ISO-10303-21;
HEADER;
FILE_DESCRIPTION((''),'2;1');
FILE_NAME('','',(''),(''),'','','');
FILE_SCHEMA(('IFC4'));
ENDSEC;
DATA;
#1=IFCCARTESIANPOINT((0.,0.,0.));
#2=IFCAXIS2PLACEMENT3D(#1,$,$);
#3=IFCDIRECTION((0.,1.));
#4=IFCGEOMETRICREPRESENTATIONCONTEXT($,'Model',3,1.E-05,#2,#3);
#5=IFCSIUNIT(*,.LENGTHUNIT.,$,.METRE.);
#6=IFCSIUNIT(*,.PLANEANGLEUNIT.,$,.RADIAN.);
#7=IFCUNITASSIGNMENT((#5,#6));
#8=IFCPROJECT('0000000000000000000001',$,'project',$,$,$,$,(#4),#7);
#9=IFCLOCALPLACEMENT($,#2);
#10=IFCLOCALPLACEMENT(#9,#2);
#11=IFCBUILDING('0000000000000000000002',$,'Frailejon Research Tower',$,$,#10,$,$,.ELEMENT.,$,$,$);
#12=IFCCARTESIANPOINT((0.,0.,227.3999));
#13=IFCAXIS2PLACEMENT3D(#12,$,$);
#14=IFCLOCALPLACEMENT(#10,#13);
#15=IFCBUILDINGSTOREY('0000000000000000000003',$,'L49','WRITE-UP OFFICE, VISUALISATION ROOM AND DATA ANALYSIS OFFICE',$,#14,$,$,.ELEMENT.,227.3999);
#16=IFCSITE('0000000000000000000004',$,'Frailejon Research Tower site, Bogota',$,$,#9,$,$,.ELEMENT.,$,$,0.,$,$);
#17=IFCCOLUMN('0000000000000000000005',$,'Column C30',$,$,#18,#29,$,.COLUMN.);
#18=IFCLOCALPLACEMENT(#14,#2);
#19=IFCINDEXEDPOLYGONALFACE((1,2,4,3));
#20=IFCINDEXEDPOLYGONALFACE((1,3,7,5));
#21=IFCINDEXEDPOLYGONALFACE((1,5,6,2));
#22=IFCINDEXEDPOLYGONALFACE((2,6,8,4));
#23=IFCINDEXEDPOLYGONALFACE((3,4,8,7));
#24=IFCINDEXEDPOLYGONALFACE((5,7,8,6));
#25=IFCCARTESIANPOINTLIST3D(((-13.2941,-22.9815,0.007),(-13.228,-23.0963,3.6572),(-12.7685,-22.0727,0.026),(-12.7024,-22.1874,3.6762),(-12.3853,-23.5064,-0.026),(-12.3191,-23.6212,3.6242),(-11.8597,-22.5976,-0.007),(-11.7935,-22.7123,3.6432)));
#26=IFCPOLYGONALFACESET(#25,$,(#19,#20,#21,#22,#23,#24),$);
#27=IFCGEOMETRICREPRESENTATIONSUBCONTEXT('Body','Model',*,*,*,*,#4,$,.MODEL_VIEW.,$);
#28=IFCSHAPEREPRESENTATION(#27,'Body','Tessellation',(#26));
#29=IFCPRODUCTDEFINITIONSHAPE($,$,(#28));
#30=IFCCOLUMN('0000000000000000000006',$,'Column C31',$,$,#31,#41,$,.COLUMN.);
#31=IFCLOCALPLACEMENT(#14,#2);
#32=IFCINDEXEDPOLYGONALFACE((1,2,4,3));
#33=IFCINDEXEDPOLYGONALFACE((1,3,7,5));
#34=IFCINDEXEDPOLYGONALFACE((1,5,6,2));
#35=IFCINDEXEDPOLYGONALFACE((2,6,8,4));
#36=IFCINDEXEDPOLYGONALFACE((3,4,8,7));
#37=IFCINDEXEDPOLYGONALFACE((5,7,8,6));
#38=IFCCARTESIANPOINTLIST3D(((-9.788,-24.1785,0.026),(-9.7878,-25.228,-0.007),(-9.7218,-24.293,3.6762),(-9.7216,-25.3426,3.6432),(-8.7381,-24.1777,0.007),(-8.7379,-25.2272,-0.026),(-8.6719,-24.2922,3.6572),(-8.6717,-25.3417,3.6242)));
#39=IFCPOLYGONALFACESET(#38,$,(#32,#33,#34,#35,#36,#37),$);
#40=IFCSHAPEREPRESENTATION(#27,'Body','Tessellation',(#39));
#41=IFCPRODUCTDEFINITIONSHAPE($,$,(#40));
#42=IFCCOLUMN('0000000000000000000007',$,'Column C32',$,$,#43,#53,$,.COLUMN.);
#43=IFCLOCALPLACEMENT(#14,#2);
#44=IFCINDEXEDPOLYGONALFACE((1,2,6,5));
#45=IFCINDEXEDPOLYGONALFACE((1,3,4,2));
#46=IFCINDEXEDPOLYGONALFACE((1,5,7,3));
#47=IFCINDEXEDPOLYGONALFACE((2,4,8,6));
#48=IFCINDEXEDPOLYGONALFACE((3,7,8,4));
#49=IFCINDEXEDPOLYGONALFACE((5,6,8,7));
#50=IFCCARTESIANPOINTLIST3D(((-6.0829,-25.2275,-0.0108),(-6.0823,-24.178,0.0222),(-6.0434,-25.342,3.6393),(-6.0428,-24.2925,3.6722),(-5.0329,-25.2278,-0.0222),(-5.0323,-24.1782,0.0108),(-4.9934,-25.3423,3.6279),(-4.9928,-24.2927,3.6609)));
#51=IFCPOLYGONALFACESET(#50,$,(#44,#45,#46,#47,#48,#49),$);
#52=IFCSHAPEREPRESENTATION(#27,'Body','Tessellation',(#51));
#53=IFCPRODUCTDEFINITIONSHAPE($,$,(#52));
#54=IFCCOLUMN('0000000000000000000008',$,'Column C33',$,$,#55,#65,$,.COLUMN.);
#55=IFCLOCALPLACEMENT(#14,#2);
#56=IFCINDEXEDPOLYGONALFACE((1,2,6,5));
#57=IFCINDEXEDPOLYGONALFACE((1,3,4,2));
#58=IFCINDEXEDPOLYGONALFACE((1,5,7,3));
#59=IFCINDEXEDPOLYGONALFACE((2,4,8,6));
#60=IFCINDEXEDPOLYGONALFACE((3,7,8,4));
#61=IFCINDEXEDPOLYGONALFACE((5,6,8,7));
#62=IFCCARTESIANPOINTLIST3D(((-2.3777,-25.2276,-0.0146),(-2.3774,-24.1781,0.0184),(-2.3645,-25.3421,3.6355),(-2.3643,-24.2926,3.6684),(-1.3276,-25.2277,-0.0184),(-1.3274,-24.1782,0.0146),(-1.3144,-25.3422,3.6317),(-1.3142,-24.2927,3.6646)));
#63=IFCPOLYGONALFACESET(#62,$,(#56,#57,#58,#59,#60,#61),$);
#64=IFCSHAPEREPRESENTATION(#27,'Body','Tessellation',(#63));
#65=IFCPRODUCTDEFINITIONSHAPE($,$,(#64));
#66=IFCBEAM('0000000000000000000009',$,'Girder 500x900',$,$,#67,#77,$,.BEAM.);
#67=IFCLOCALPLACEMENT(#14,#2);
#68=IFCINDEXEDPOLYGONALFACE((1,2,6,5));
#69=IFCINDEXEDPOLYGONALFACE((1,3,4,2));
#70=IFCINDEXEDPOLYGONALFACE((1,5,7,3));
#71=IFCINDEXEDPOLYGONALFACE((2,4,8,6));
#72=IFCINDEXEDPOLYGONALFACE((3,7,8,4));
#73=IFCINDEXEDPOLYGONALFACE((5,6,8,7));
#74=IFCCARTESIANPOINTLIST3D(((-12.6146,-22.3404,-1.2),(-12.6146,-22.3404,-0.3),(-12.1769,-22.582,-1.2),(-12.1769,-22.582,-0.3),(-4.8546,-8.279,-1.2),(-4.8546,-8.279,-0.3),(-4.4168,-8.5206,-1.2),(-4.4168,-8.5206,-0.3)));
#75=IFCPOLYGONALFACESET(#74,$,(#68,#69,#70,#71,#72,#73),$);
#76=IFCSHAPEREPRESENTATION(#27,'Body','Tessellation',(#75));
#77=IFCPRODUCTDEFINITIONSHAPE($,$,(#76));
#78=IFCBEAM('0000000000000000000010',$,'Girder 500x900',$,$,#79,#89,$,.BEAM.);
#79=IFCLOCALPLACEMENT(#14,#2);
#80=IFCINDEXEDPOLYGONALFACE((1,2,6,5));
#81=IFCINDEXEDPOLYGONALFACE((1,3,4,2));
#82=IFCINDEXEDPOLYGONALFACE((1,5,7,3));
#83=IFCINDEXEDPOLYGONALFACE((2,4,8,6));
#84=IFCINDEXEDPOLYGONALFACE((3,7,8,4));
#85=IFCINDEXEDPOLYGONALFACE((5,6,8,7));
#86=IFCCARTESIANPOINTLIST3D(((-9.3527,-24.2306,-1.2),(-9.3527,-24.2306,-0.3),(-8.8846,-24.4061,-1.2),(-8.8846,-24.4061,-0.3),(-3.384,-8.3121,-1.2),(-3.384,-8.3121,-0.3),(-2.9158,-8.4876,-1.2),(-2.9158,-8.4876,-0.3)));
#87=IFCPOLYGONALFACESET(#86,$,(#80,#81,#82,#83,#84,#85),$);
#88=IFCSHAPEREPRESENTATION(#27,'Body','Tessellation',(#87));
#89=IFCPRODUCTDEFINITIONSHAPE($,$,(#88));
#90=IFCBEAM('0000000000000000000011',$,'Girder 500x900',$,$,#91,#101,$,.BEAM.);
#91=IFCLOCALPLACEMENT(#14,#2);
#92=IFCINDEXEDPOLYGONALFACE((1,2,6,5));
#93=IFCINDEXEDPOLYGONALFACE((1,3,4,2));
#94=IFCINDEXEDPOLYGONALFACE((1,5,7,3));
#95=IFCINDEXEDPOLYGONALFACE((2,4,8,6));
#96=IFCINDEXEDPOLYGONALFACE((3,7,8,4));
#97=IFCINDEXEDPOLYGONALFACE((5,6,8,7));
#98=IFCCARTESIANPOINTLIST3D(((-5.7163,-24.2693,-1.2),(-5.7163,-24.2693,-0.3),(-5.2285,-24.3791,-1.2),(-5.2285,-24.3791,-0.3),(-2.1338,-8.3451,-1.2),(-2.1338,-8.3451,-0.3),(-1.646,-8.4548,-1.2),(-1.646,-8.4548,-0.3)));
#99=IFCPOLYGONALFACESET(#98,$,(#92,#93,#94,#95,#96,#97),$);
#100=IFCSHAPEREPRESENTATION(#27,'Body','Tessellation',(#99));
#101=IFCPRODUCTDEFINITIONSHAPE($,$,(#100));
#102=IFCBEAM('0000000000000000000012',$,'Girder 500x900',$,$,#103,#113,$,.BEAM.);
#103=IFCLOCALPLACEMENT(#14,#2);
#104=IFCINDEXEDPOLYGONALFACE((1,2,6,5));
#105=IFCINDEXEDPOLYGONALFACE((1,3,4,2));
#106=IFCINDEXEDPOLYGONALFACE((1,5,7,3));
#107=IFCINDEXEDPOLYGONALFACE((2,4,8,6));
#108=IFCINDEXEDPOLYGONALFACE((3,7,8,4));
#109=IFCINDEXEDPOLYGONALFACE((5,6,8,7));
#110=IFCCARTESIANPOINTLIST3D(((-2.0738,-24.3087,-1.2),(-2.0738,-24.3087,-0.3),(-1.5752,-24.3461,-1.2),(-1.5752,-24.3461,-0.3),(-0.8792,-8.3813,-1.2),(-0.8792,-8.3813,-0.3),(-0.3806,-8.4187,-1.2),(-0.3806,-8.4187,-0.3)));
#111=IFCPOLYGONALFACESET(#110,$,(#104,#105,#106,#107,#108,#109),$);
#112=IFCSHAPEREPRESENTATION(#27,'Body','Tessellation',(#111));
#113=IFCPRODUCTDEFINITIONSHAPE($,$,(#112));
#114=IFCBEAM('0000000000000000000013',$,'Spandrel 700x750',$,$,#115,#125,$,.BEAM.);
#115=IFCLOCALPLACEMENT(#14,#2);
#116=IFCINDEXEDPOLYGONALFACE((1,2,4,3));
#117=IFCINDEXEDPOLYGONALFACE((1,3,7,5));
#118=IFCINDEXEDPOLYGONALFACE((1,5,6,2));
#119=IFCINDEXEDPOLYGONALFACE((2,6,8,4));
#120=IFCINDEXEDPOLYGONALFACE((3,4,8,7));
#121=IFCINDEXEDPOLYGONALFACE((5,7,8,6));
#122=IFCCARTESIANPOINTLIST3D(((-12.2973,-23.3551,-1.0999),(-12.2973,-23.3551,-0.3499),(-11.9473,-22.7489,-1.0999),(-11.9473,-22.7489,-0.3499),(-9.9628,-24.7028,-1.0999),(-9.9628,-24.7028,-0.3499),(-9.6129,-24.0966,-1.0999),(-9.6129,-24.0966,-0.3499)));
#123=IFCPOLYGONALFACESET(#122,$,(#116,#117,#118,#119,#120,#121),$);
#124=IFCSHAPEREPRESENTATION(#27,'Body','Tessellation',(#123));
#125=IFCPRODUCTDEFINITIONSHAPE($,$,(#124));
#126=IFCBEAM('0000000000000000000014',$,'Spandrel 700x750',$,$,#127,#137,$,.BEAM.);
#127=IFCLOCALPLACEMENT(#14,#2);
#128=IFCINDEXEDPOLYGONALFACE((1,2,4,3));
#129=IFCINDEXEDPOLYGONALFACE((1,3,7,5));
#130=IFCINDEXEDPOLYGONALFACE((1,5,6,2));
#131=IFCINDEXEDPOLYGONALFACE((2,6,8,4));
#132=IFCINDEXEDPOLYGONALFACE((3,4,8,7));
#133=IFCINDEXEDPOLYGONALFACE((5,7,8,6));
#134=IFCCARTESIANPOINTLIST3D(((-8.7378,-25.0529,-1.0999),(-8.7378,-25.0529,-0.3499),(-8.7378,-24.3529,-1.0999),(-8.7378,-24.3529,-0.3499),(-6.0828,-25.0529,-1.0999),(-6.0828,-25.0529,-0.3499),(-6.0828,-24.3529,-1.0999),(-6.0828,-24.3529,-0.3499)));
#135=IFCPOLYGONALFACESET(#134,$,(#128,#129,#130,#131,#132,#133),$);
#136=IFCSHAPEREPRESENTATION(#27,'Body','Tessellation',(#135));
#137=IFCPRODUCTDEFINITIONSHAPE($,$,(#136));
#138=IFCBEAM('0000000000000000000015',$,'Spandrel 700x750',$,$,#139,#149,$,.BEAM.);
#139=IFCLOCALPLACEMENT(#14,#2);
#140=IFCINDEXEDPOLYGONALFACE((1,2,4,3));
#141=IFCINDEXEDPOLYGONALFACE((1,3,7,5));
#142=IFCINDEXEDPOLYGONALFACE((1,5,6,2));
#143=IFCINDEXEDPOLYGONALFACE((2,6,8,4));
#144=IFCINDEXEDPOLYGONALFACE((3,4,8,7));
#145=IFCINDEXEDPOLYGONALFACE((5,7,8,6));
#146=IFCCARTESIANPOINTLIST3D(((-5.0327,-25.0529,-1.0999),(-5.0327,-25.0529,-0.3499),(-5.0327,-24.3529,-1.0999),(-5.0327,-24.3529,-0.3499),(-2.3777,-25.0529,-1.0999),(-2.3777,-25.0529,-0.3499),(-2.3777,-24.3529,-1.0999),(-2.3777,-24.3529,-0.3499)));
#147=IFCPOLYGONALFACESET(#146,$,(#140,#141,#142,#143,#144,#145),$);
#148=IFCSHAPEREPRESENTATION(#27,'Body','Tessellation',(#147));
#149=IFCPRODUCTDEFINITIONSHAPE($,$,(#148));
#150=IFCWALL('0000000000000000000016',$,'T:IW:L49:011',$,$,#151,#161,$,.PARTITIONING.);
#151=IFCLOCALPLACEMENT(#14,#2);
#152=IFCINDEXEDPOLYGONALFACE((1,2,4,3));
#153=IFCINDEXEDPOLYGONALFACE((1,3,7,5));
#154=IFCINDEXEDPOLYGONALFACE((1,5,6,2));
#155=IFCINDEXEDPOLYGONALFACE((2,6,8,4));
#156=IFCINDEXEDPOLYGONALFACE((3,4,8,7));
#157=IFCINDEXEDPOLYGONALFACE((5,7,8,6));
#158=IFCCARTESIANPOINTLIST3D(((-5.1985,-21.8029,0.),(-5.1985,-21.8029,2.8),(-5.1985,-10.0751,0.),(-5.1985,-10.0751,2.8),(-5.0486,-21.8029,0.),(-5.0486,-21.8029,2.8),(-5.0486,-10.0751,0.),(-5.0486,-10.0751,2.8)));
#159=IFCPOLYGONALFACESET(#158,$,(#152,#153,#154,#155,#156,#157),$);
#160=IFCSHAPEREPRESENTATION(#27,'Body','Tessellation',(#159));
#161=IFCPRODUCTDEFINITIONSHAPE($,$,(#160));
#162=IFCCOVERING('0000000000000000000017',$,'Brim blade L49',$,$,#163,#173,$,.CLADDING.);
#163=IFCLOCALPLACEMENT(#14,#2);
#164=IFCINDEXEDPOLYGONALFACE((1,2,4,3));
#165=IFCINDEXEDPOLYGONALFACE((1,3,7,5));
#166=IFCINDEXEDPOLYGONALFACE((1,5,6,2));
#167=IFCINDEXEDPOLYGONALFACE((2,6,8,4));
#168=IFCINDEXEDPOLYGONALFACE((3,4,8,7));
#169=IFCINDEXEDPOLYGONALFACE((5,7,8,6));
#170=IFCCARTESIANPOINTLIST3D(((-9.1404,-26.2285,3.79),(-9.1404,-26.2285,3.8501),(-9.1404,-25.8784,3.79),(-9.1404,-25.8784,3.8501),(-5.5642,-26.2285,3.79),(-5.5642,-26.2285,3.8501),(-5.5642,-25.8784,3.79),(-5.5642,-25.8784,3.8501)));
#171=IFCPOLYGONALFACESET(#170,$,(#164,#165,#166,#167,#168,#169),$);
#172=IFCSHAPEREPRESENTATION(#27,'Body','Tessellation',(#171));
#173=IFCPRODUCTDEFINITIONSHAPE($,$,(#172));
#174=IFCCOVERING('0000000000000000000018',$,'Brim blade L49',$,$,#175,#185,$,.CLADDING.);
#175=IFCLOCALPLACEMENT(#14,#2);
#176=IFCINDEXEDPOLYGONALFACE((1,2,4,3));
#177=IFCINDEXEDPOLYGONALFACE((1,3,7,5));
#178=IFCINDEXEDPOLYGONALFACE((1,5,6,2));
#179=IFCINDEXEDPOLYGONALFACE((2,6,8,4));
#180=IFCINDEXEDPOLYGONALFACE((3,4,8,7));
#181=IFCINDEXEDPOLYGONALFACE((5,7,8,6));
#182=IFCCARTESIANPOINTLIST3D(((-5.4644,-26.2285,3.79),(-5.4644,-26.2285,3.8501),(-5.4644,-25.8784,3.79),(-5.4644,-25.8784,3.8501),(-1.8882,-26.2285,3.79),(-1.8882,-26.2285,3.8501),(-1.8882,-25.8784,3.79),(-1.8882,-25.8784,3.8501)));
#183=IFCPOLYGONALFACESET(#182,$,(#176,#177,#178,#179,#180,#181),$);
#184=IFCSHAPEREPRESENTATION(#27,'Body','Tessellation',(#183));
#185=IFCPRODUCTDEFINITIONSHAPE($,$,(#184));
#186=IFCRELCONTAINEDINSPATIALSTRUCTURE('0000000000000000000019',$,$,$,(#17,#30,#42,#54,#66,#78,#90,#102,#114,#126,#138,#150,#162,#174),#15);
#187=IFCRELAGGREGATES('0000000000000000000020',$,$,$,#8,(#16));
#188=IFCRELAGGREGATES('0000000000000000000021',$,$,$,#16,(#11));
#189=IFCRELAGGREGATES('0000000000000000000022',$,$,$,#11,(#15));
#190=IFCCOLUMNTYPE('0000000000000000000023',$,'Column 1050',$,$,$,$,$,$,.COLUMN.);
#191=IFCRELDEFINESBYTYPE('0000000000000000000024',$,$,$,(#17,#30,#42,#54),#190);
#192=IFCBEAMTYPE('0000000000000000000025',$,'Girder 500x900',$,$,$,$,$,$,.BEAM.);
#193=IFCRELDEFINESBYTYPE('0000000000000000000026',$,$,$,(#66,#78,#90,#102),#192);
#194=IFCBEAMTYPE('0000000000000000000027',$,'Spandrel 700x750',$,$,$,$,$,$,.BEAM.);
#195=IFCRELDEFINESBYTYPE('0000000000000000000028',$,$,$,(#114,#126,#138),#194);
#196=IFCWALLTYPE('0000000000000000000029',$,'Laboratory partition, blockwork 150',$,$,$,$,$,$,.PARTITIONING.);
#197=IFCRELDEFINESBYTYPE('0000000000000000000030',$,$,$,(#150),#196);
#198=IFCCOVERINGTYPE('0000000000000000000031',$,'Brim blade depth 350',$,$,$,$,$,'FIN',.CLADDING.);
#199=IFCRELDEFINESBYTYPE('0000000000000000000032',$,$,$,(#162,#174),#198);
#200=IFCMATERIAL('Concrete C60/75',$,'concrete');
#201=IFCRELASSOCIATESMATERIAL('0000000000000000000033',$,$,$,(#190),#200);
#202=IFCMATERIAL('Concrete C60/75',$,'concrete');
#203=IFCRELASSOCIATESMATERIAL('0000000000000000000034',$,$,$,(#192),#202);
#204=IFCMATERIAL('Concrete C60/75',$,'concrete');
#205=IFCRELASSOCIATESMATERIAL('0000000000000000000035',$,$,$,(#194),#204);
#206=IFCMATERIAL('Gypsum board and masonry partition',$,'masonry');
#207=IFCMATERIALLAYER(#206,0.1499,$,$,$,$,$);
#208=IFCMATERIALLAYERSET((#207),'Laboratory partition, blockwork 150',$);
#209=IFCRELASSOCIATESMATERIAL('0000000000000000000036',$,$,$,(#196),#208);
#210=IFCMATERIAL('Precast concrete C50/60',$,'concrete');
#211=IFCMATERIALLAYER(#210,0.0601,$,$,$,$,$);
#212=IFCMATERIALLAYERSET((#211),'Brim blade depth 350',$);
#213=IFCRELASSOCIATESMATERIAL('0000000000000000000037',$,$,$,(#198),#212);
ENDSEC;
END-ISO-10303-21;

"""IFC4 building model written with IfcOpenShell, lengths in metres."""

from ifc_helpers import new_model, si_unit, direction, frame, frame_2d, origin, origin_2d, place, context, subcontext, project, spatial, polyline, rectangle, outline, extrude, material, layer, layer_set, material_profile, profile_set, type_object, element, save


model = new_model("IFC4")

# Units and contexts
model_context = context("Model", 3, precision=1e-05, world=origin(), true_north=direction((0.0, 1.0)))
body_context = subcontext(model_context, "Body", "Model", "MODEL_VIEW")
ifc_project = project(units=[si_unit("LENGTHUNIT", "METRE"), si_unit("PLANEANGLEUNIT", "RADIAN")], contexts=[model_context])

# Site, building, storey
site_placement = place(None, origin())
site = spatial("IfcSite", under=ifc_project, at=site_placement, Name="Frailejon Research Tower site, Bogota", CompositionType="ELEMENT", RefElevation=0.0)
building_placement = place(site_placement, origin())
building = spatial("IfcBuilding", under=site, at=building_placement, Name="Frailejon Research Tower", CompositionType="ELEMENT")
storey_placement = place(building_placement, frame((0.0, 0.0, 227.3999)))
storey = spatial("IfcBuildingStorey", under=building, at=storey_placement, Name="L49", Description="WRITE-UP OFFICE, VISUALISATION ROOM AND DATA ANALYSIS OFFICE", CompositionType="ELEMENT", Elevation=227.3999)

# Columns
ifc_material_1 = material(Name="Concrete C60/75", Category="concrete")
ifc_material_profile_1 = material_profile(ifc_material_1, rectangle(XDim=1.05, YDim=1.05, at=origin_2d()), Name="Column 1050")
ifc_profile_set_1 = profile_set([ifc_material_profile_1], Name="Concrete C60/75")
column_type = type_object("IfcColumnType", Name="Column 1050", PredefinedType="COLUMN", material=ifc_profile_set_1)
for number, where, z_axis, x_axis, name in (
    (1, (-12.5769, -22.7896, 0.0), (0.018114, -0.031415, 0.999342), (0.86552, -0.499889, -0.031403), "Column C30"),
    (2, (-9.2629, -24.7029, 0.0), (0.018114, -0.031349, 0.999344), (0.999836, 0.000764, -0.018099), "Column C31"),
):
    element("IfcColumn", number, at=place(storey_placement, frame(where, z_axis=z_axis, x_axis=x_axis)), inside=storey, type_object=column_type, Name=name, PredefinedType="COLUMN", context=body_context, shape_type="SweptSolid", body=[
        extrude(rectangle(XDim=1.05, YDim=1.05, at=origin_2d()), origin(), (0.0, 0.0, 1.0), 3.6526),
    ])
column_1_placement = place(storey_placement, frame((-5.5576, -24.7029, 0.0), z_axis=(0.010829, -0.031352, 0.99945), x_axis=(0.999941, -0.000236, -0.010842)))
element("IfcColumn", 3, at=column_1_placement, inside=storey, type_object=column_type, Name="Column C32", PredefinedType="COLUMN", context=body_context, shape_type="SweptSolid", body=[
    extrude(rectangle(XDim=1.05, YDim=1.05, at=origin_2d()), origin(), (0.0, 0.0, 1.0), 3.6521),
])
column_2_placement = place(storey_placement, frame((-1.8525, -24.7029, 0.0), z_axis=(0.00361, -0.031354, 0.999502), x_axis=(0.999993, -0.0001, -0.003615)))
element("IfcColumn", 4, at=column_2_placement, inside=storey, type_object=column_type, Name="Column C33", PredefinedType="COLUMN", context=body_context, shape_type="SweptSolid", body=[
    extrude(rectangle(XDim=1.05, YDim=1.05, at=origin_2d()), origin(), (0.0, 0.0, 1.0), 3.6519),
])

# Beams
ifc_material_2 = material(Name="Concrete C60/75", Category="concrete")
ifc_material_profile_2 = material_profile(ifc_material_2, rectangle(XDim=0.5, YDim=0.8999, at=origin_2d()), Name="Girder 500x900")
ifc_profile_set_2 = profile_set([ifc_material_profile_2], Name="Concrete C60/75")
beam_type_1 = type_object("IfcBeamType", Name="Girder 500x900", PredefinedType="BEAM", material=ifc_profile_set_2)
beam_1_placement = place(storey_placement, frame((-12.3958, -22.4612, -0.75), z_axis=(0.483176, 0.875523, 0.0), x_axis=(-0.875523, 0.483176, 0.0)))
element("IfcBeam", 5, at=beam_1_placement, inside=storey, type_object=beam_type_1, Name="Girder 500x900", PredefinedType="BEAM", context=body_context, shape_type="SweptSolid", body=[
    extrude(rectangle(XDim=0.5, YDim=0.8999, at=origin_2d()), origin(), (0.0, 0.0, 1.0), 16.0605),
])
beam_2_placement = place(storey_placement, frame((-9.1187, -24.3184, -0.75), z_axis=(0.351089, 0.936342, 0.0), x_axis=(-0.936342, 0.351089, 0.0)))
element("IfcBeam", 6, at=beam_2_placement, inside=storey, type_object=beam_type_1, Name="Girder 500x900", PredefinedType="BEAM", context=body_context, shape_type="SweptSolid", body=[
    extrude(rectangle(XDim=0.5, YDim=0.8999, at=origin_2d()), origin(), (0.0, 0.0, 1.0), 17.0007),
])
beam_3_placement = place(storey_placement, frame((-5.4724, -24.3242, -0.75), z_axis=(0.219486, 0.975616, 0.0), x_axis=(-0.975616, 0.219486, 0.0)))
element("IfcBeam", 7, at=beam_3_placement, inside=storey, type_object=beam_type_1, Name="Girder 500x900", PredefinedType="BEAM", context=body_context, shape_type="SweptSolid", body=[
    extrude(rectangle(XDim=0.5, YDim=0.8999, at=origin_2d()), origin(), (0.0, 0.0, 1.0), 16.3223),
])
beam_4_placement = place(storey_placement, frame((-1.8245, -24.3274, -0.75), z_axis=(0.074791, 0.997199, 0.0), x_axis=(-0.997199, 0.074791, 0.0)))
element("IfcBeam", 8, at=beam_4_placement, inside=storey, type_object=beam_type_1, Name="Girder 500x900", PredefinedType="BEAM", context=body_context, shape_type="SweptSolid", body=[
    extrude(rectangle(XDim=0.5, YDim=0.8999, at=origin_2d()), origin(), (0.0, 0.0, 1.0), 15.9722),
])
ifc_material_3 = material(Name="Concrete C60/75", Category="concrete")
ifc_material_profile_3 = material_profile(ifc_material_3, rectangle(XDim=0.7, YDim=0.75, at=origin_2d()), Name="Spandrel 700x750")
ifc_profile_set_3 = profile_set([ifc_material_profile_3], Name="Concrete C60/75")
beam_type_2 = type_object("IfcBeamType", Name="Spandrel 700x750", PredefinedType="BEAM", material=ifc_profile_set_3)
beam_5_placement = place(storey_placement, frame((-12.1223, -23.052, -0.7249), z_axis=(0.86605, -0.499958, 0.0), x_axis=(0.499958, 0.86605, 0.0)))
element("IfcBeam", 9, at=beam_5_placement, inside=storey, type_object=beam_type_2, Name="Spandrel 700x750", PredefinedType="BEAM", context=body_context, shape_type="SweptSolid", body=[
    extrude(rectangle(XDim=0.7, YDim=0.75, at=origin_2d()), origin(), (0.0, 0.0, 1.0), 2.6956),
])
for number, where, z_axis, x_axis, name in (
    (10, (-8.7378, -24.7029, -0.7249), (1.0, 0.0, 0.0), (0.0, 1.0, 0.0), "Spandrel 700x750"),
    (11, (-5.0327, -24.7029, -0.7249), (1.0, 0.0, 0.0), (0.0, 1.0, 0.0), "Spandrel 700x750"),
):
    element("IfcBeam", number, at=place(storey_placement, frame(where, z_axis=z_axis, x_axis=x_axis)), inside=storey, type_object=beam_type_2, Name=name, PredefinedType="BEAM", context=body_context, shape_type="SweptSolid", body=[
        extrude(rectangle(XDim=0.7, YDim=0.75, at=origin_2d()), origin(), (0.0, 0.0, 1.0), 2.655),
    ])

# Wall
ifc_material_4 = material(Name="Gypsum board and masonry partition", Category="masonry")
ifc_layer_1 = layer(ifc_material_4, 0.1499)
ifc_layer_set_1 = layer_set([ifc_layer_1], Name="Laboratory partition, blockwork 150")
wall_type_1 = type_object("IfcWallType", Name="Laboratory partition, blockwork 150", PredefinedType="PARTITIONING", material=ifc_layer_set_1)
wall_1_placement = place(storey_placement, frame((-5.1235, -21.8027, 0.0), z_axis=(0.0, 0.0, 1.0), x_axis=(0.0, 1.0, 0.0)))
element("IfcWall", 12, at=wall_1_placement, inside=storey, type_object=wall_type_1, Name="T:IW:L49:011", PredefinedType="PARTITIONING", context=body_context, shape_type="SweptSolid", body=[
    extrude(rectangle(XDim=11.7278, YDim=0.1499, at=frame_2d((5.8638, 0.0))), origin(), (0.0, 0.0, 1.0), 2.8),
])

# Coverings
ifc_material_5 = material(Name="Precast concrete C50/60", Category="concrete")
ifc_layer_2 = layer(ifc_material_5, 0.0601)
ifc_layer_set_2 = layer_set([ifc_layer_2], Name="Brim blade depth 350")
covering_type_1 = type_object("IfcCoveringType", Name="Brim blade depth 350", ElementType="FIN", PredefinedType="CLADDING", material=ifc_layer_set_2)
for number, where, z_axis, x_axis, name in (
    (13, (-5.5642, -25.8784, 3.8501), (-1.0, 0.0, 0.0), (0.0, -1.0, 0.0), "Brim blade L49"),
    (14, (-1.8882, -25.8784, 3.8501), (-1.0, 0.0, 0.0), (0.0, -1.0, 0.0), "Brim blade L49"),
):
    element("IfcCovering", number, at=place(storey_placement, frame(where, z_axis=z_axis, x_axis=x_axis)), inside=storey, type_object=covering_type_1, Name=name, PredefinedType="CLADDING", context=body_context, shape_type="SweptSolid", body=[
        extrude(outline(polyline([(0.0, -0.0601), (0.3501, -0.0601), (0.3501, 0.0), (0.0, 0.0), (0.0, -0.0601)])), origin(), (0.0, 0.0, 1.0), 3.5762),
    ])

save(model, "model.ifc")
